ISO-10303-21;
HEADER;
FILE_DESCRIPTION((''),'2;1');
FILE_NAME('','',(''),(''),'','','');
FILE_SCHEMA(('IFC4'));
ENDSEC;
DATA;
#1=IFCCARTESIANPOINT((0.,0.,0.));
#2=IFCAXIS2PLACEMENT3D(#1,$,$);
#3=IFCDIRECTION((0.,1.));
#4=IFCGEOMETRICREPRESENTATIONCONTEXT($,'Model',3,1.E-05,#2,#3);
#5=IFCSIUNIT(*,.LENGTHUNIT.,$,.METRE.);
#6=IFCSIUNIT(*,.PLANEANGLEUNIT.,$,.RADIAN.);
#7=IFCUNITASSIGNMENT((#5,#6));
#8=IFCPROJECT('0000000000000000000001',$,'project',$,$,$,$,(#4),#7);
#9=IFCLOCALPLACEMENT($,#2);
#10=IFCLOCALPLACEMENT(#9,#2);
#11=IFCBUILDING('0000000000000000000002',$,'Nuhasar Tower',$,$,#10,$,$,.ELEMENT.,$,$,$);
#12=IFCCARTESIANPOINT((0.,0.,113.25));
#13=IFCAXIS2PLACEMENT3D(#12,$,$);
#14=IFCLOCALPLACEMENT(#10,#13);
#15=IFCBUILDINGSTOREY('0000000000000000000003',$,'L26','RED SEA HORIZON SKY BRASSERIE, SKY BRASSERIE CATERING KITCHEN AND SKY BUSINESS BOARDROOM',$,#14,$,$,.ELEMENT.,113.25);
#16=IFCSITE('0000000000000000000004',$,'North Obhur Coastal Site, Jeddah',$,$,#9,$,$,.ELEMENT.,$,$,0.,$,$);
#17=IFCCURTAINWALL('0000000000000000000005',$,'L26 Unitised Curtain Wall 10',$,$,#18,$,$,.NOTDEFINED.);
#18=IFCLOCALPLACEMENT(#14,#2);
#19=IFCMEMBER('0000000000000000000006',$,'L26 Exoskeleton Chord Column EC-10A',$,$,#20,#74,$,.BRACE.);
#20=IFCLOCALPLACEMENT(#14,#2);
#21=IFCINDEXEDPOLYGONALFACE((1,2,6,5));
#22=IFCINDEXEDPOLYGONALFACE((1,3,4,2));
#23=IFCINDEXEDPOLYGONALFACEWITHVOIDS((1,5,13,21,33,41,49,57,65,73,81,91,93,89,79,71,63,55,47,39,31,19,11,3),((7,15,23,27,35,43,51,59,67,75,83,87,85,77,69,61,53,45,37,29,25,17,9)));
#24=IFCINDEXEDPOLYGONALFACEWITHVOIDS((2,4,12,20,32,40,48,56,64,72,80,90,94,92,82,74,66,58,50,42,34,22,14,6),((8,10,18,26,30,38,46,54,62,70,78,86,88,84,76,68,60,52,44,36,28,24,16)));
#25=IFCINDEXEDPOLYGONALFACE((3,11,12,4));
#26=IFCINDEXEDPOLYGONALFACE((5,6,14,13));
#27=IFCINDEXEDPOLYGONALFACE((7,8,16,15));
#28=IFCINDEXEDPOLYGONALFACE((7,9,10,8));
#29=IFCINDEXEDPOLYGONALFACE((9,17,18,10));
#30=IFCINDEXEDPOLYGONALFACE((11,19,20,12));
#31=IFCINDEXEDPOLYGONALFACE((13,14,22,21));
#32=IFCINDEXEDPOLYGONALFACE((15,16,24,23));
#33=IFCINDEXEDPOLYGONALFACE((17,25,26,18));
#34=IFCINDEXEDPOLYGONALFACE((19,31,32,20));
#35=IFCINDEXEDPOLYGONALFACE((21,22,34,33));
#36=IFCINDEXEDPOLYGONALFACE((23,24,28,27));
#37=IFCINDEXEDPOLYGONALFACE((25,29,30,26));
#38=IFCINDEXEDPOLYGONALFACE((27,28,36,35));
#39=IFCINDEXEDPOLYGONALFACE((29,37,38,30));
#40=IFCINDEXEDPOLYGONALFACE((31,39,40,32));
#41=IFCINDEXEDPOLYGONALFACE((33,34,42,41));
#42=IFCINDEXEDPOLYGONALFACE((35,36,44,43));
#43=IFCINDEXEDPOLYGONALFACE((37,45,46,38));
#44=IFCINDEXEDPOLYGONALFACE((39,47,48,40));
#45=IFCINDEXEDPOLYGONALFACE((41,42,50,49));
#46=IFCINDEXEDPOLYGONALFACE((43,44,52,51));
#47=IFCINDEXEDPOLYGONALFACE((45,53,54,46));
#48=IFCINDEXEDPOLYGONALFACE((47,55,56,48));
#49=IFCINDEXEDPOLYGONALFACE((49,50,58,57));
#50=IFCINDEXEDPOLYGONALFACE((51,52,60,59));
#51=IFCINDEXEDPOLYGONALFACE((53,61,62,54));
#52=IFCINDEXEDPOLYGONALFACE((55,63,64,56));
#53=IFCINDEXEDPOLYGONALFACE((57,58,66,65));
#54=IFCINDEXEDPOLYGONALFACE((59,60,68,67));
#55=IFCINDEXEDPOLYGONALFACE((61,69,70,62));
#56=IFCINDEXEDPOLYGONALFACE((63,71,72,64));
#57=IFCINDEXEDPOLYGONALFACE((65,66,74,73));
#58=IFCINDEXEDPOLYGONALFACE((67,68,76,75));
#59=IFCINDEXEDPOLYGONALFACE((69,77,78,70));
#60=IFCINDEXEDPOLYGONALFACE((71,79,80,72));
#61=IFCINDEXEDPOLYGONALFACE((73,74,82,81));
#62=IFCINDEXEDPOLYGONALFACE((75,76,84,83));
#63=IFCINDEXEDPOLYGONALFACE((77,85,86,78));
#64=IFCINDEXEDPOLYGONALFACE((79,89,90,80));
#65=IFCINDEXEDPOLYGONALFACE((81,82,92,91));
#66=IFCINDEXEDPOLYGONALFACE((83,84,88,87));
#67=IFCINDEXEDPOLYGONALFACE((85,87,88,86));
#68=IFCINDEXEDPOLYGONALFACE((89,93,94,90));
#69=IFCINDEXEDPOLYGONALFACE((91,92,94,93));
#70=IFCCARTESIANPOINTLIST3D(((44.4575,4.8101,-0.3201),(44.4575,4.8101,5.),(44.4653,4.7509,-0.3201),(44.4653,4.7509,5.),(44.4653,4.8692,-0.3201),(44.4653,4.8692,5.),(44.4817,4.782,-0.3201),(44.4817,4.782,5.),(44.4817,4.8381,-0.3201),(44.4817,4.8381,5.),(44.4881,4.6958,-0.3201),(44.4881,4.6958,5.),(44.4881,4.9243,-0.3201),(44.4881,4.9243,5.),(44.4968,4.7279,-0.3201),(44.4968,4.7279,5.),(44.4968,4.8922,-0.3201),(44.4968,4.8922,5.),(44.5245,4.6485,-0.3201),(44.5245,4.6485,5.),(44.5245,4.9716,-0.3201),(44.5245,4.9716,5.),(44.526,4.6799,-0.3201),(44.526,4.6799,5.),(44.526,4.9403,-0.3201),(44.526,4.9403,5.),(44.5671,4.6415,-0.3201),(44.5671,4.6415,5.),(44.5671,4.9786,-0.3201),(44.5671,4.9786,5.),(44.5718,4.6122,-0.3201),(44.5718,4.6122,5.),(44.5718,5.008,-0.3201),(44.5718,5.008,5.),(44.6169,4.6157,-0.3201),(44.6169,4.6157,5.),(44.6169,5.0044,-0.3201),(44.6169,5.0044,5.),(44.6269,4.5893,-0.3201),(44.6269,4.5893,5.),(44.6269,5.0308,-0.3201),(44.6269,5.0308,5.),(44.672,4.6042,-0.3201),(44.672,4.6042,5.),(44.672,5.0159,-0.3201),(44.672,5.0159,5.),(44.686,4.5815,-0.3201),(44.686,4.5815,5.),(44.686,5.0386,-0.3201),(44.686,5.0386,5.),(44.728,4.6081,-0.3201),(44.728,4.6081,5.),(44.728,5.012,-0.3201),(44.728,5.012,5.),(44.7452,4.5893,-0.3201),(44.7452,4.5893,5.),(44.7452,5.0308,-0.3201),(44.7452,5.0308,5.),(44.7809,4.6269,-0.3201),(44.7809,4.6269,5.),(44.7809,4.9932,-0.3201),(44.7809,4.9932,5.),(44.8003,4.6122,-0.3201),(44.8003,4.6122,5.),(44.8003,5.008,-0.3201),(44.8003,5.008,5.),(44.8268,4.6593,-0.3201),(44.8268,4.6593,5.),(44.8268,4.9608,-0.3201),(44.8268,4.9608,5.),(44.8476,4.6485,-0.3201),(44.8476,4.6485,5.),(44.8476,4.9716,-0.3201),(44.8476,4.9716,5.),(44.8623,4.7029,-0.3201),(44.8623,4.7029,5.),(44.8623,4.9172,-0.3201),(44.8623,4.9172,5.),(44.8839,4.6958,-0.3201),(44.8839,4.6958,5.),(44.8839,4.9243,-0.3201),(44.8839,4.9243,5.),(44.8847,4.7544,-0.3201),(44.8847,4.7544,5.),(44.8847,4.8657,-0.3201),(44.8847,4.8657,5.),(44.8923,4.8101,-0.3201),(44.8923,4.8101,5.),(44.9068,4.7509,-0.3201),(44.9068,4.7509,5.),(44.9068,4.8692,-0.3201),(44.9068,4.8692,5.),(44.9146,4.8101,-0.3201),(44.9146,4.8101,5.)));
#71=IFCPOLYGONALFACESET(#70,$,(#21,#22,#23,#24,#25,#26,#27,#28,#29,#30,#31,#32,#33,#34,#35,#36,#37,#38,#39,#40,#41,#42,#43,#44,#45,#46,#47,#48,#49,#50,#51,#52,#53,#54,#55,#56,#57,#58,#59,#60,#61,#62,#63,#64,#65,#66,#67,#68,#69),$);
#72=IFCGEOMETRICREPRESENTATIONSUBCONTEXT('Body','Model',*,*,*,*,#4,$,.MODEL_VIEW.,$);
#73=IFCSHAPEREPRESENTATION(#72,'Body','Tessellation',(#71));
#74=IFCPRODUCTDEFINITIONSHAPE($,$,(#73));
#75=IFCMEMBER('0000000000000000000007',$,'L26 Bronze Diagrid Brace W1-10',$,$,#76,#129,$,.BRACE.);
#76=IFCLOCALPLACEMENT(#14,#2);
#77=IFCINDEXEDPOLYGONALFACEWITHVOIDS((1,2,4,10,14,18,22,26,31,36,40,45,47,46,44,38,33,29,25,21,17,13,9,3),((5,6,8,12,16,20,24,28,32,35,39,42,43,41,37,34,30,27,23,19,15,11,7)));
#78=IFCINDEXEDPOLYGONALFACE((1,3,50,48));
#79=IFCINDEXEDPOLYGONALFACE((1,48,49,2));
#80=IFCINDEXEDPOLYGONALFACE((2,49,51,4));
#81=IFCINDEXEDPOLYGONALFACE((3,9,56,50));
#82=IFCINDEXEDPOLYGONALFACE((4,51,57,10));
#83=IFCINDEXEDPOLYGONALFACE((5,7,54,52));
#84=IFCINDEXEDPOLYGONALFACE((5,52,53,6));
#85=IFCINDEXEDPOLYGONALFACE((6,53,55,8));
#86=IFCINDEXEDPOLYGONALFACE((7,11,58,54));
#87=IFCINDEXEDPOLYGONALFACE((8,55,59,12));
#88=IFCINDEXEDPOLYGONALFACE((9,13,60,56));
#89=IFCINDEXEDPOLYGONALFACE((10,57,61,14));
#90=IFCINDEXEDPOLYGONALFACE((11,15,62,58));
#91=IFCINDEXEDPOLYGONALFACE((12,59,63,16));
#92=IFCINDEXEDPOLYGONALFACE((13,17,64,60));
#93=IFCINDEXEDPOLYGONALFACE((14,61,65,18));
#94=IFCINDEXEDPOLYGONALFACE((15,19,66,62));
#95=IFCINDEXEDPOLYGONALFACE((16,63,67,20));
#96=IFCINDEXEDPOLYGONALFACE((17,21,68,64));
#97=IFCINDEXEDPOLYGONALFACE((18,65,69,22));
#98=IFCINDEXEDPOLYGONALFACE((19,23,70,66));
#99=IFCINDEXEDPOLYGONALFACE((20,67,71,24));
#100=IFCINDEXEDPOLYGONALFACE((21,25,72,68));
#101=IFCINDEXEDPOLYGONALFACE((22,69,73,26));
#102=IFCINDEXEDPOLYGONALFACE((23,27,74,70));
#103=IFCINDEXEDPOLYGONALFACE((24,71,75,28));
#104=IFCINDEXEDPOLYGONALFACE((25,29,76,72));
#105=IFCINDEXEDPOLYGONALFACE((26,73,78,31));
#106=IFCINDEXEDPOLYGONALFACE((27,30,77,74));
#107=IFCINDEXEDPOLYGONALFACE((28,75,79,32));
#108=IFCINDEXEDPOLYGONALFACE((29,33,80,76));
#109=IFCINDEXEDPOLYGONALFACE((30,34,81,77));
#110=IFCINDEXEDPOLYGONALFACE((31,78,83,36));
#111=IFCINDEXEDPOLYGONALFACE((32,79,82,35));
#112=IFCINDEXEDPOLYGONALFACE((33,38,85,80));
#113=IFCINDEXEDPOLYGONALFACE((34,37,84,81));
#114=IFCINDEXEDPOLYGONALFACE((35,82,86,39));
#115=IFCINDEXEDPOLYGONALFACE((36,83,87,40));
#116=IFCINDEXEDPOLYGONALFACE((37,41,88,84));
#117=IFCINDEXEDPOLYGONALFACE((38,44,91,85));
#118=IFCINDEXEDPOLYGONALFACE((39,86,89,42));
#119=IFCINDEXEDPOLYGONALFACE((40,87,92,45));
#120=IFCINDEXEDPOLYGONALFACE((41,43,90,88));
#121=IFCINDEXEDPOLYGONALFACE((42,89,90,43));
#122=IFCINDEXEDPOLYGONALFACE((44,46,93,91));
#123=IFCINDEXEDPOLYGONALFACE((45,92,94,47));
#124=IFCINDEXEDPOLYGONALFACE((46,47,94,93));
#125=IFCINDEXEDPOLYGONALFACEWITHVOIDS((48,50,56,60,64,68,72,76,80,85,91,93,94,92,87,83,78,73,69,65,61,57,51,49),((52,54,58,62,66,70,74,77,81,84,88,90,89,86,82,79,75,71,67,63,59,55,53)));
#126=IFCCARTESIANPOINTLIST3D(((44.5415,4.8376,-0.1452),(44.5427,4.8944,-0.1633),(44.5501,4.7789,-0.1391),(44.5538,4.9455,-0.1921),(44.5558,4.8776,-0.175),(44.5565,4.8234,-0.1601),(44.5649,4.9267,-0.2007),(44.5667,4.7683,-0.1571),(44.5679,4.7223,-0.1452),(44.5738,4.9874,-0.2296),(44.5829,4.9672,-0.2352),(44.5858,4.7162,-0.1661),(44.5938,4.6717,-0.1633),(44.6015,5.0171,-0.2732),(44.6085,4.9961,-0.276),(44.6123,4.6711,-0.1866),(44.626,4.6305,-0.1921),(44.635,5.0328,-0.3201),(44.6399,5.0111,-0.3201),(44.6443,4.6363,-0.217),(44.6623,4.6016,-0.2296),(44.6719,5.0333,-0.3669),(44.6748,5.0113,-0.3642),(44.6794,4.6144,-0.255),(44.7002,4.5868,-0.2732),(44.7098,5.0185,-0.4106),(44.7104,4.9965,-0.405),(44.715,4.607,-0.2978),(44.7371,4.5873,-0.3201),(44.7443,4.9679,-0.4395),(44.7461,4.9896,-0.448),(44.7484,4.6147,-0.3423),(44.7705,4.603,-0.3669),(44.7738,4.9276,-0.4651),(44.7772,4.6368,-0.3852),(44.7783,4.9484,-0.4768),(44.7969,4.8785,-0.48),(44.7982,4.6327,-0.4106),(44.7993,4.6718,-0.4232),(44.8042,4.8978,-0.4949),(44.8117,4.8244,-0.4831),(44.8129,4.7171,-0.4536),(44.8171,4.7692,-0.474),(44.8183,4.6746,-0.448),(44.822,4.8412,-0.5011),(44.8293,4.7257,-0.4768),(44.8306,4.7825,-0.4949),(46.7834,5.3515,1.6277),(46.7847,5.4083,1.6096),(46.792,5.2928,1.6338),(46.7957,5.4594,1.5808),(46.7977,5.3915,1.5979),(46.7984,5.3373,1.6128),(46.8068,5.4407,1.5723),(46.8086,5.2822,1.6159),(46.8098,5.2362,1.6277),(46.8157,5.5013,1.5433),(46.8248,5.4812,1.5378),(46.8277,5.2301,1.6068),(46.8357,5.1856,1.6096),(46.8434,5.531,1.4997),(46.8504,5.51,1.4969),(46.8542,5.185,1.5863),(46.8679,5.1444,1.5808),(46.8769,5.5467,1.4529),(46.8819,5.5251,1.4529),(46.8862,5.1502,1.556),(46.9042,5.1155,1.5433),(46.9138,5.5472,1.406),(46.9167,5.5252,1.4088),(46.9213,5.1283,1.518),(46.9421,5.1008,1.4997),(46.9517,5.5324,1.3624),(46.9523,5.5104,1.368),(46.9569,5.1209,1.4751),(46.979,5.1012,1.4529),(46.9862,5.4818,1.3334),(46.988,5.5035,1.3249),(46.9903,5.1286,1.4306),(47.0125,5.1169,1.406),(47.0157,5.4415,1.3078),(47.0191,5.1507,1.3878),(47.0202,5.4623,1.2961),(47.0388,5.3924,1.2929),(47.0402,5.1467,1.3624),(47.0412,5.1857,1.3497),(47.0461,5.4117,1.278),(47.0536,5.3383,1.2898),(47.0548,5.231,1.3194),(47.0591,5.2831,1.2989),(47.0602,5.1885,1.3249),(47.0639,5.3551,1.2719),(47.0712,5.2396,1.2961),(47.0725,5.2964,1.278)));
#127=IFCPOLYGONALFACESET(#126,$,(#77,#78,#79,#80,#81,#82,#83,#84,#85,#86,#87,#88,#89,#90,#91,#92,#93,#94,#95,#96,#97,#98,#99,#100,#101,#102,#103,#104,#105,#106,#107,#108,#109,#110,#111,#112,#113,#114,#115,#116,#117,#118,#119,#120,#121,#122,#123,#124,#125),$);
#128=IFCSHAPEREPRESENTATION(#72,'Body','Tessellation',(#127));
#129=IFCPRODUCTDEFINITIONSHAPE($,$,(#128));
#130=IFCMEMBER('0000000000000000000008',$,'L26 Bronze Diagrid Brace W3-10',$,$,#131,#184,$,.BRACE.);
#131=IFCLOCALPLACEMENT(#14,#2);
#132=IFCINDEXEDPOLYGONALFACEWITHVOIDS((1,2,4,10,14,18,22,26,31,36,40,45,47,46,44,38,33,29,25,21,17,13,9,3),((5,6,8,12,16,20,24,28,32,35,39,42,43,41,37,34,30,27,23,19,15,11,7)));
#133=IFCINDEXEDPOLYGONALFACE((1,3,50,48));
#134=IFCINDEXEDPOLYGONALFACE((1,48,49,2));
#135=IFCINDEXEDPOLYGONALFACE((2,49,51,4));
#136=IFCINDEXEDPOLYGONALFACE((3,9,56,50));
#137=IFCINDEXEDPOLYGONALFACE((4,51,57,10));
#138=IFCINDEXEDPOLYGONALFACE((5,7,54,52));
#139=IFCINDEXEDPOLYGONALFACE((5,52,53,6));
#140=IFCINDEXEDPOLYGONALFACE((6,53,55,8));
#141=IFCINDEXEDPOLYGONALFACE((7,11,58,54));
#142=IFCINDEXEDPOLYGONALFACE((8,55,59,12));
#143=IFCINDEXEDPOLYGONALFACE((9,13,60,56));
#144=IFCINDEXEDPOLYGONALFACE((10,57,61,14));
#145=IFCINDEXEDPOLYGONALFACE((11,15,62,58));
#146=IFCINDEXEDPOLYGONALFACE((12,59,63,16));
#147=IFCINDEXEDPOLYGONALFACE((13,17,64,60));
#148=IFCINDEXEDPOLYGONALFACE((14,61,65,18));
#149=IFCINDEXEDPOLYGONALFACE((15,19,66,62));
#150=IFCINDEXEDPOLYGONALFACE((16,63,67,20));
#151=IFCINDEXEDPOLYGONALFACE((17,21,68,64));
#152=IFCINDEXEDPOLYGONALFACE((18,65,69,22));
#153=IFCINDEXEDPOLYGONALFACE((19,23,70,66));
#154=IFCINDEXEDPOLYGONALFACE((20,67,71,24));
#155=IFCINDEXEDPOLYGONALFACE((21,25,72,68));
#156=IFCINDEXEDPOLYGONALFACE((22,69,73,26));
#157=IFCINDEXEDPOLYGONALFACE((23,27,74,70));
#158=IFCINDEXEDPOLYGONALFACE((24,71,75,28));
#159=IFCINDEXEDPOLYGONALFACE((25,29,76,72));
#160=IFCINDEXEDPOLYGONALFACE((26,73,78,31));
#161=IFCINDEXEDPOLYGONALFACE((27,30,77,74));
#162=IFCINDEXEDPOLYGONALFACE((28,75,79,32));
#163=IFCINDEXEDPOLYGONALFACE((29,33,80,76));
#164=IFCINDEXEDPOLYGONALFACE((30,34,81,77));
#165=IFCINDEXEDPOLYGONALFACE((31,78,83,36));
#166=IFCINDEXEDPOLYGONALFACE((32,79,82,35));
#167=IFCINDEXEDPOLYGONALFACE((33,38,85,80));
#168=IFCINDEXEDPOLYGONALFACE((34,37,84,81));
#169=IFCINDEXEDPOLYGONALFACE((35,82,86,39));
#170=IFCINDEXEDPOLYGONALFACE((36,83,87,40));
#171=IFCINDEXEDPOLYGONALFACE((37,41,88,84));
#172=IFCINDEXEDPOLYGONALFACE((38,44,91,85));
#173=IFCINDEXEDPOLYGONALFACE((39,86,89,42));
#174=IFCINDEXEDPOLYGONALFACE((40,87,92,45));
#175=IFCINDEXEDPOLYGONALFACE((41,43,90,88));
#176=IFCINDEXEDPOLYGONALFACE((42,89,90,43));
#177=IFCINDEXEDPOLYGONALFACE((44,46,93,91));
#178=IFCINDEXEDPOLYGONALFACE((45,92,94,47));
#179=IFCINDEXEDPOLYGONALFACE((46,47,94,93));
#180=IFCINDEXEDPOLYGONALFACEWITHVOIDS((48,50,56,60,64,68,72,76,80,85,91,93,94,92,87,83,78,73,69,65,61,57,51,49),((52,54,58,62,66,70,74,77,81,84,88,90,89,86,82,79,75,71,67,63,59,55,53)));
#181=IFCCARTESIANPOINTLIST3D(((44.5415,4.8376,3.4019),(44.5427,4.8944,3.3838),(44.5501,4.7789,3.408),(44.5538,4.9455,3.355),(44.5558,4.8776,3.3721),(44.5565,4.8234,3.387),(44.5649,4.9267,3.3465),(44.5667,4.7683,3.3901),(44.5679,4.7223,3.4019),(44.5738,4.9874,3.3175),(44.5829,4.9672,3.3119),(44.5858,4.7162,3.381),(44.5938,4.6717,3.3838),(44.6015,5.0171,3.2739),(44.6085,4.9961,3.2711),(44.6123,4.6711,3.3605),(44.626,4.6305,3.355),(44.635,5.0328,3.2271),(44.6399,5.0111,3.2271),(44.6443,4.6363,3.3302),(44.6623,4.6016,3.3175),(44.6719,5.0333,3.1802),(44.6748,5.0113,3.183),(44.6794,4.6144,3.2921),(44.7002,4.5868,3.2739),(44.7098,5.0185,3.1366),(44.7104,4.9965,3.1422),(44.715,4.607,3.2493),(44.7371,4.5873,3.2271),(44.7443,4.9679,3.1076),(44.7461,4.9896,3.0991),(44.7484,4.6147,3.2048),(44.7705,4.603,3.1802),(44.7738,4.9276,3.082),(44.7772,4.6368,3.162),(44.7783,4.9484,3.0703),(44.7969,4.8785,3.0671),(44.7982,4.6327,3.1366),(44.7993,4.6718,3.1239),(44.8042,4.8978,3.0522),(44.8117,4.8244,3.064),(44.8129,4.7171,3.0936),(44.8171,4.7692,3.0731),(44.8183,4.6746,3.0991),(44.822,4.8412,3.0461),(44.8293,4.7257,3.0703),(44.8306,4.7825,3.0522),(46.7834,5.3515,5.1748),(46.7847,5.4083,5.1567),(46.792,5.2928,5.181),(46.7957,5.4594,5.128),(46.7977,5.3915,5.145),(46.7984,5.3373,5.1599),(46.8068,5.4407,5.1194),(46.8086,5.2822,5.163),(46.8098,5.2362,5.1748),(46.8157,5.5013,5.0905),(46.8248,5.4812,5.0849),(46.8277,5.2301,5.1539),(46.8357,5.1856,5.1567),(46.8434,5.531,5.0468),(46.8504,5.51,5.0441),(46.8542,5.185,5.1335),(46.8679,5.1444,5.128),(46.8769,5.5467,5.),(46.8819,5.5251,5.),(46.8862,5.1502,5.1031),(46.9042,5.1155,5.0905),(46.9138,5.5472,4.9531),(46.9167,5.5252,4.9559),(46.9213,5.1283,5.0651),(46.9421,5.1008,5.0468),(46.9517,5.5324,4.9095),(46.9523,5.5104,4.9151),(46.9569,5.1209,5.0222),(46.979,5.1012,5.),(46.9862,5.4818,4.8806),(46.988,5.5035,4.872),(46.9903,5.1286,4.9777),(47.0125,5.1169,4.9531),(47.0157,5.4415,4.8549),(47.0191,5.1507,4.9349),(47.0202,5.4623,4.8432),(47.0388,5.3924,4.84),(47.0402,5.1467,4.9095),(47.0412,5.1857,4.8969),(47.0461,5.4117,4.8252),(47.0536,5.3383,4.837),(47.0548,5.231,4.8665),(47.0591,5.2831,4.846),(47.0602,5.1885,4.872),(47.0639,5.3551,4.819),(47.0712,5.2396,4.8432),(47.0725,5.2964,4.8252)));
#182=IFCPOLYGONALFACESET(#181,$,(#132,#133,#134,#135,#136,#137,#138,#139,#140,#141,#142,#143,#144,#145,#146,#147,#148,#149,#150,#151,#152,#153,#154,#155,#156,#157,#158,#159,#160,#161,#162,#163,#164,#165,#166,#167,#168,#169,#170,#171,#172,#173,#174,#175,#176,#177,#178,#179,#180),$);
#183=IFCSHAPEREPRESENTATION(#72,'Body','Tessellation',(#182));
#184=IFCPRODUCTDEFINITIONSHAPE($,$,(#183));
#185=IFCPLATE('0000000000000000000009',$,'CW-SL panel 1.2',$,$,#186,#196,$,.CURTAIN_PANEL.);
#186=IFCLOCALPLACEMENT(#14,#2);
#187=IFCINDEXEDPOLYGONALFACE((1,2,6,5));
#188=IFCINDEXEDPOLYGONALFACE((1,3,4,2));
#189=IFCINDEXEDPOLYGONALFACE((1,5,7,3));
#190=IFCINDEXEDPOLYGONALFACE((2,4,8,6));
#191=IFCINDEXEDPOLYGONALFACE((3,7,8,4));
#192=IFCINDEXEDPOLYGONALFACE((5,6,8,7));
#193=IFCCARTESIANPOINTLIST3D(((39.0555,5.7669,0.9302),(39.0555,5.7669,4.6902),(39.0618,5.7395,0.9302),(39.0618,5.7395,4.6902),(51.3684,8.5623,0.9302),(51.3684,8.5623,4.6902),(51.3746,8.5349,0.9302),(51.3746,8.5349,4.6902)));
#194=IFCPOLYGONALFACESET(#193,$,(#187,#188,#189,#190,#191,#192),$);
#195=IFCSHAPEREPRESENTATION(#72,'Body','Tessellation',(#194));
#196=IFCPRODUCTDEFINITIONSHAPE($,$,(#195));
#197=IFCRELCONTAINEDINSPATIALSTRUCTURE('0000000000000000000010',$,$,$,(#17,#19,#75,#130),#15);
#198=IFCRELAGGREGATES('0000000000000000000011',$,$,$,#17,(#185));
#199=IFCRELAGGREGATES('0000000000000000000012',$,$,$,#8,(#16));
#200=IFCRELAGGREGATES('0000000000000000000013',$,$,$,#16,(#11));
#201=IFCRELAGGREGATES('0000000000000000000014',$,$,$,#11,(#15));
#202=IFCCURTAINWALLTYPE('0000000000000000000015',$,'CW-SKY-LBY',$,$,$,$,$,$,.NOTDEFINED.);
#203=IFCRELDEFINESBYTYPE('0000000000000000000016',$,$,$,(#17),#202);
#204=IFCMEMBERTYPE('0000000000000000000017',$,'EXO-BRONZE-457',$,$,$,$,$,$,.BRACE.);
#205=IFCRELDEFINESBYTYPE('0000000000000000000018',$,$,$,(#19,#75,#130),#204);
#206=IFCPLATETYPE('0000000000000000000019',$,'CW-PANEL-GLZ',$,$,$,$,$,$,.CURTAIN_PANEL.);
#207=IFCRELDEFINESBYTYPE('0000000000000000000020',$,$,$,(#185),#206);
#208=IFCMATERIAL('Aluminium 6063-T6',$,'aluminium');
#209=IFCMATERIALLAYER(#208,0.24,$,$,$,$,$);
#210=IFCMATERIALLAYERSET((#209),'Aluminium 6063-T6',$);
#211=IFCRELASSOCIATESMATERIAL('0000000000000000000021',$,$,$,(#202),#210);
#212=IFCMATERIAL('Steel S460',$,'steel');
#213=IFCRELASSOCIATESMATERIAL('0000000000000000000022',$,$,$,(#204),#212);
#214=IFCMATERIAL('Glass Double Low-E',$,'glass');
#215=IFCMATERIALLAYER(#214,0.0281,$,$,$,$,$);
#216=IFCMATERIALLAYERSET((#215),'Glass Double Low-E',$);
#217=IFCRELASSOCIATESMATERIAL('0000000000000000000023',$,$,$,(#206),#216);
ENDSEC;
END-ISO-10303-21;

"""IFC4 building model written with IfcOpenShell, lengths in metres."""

from ifc_helpers import new_model, si_unit, direction, frame, origin, origin_2d, place, context, subcontext, project, spatial, rectangle, hollow_circle, extrude, material, layer, layer_set, material_profile, profile_set, type_object, element, aggregate, save


model = new_model("IFC4")

# Units and contexts
model_context = context("Model", 3, precision=1e-05, world=origin(), true_north=direction((0.0, 1.0)))
body_context = subcontext(model_context, "Body", "Model", "MODEL_VIEW")
ifc_project = project(units=[si_unit("LENGTHUNIT", "METRE"), si_unit("PLANEANGLEUNIT", "RADIAN")], contexts=[model_context])

# Site, building, storey
site_placement = place(None, origin())
site = spatial("IfcSite", under=ifc_project, at=site_placement, Name="North Obhur Coastal Site, Jeddah", CompositionType="ELEMENT", RefElevation=0.0)
building_placement = place(site_placement, origin())
building = spatial("IfcBuilding", under=site, at=building_placement, Name="Nuhasar Tower", CompositionType="ELEMENT")
storey_placement = place(building_placement, frame((0.0, 0.0, 113.25)))
storey = spatial("IfcBuildingStorey", under=building, at=storey_placement, Name="L26", Description="RED SEA HORIZON SKY BRASSERIE, SKY BRASSERIE CATERING KITCHEN AND SKY BUSINESS BOARDROOM", CompositionType="ELEMENT", Elevation=113.25)

# Shared definitions
ifc_material_1 = material(Name="Steel S460", Category="steel")

# Shared definitions
ifc_material_2 = material(Name="Aluminium 6063-T6", Category="aluminium")
ifc_layer_1 = layer(ifc_material_2, 0.24)
ifc_layer_set_1 = layer_set([ifc_layer_1], Name="Aluminium 6063-T6")
curtain_wall_type = type_object("IfcCurtainWallType", Name="CW-SKY-LBY", PredefinedType="NOTDEFINED", material=ifc_layer_set_1)

# Curtain wall
curtain_wall_1_placement = place(storey_placement, origin())
curtain_wall_1 = element("IfcCurtainWall", 1, at=curtain_wall_1_placement, inside=storey, type_object=curtain_wall_type, Name="L26 Unitised Curtain Wall 10", PredefinedType="NOTDEFINED")

# Members
ifc_material_profile_1 = material_profile(ifc_material_1, hollow_circle(Radius=0.2285, WallThickness=0.0222, at=origin_2d()), Name="HSS457X22.2")
ifc_profile_set_1 = profile_set([ifc_material_profile_1], Name="Steel S460")
member_type_1 = type_object("IfcMemberType", Name="EXO-BRONZE-457", PredefinedType="BRACE", material=ifc_profile_set_1)
member_1_placement = place(storey_placement, frame((44.686, 4.8101, -0.3201), z_axis=(0.0, 0.0, 1.0), x_axis=(1.0, 0.0, 0.0)))
element("IfcMember", 2, at=member_1_placement, inside=storey, type_object=member_type_1, Name="L26 Exoskeleton Chord Column EC-10A", PredefinedType="BRACE", context=body_context, shape_type="SweptSolid", body=[
    extrude(hollow_circle(Radius=0.2285, WallThickness=0.0222, at=origin_2d()), origin(), (0.0, 0.0, 1.0), 5.3201),
])
for number, where, z_axis, x_axis, name in (
    (3, (44.686, 4.8101, -0.3201), (0.771994, 0.176963, 0.6105), (-0.223433, 0.974719, 0.0), "L26 Bronze Diagrid Brace W1-10"),
    (4, (44.686, 4.8101, 3.2271), (0.771994, 0.176963, 0.6105), (-0.223433, 0.974719, 0.0), "L26 Bronze Diagrid Brace W3-10"),
):
    element("IfcMember", number, at=place(storey_placement, frame(where, z_axis=z_axis, x_axis=x_axis)), inside=storey, type_object=member_type_1, Name=name, PredefinedType="BRACE", context=body_context, shape_type="SweptSolid", body=[
        extrude(hollow_circle(Radius=0.2285, WallThickness=0.0222, at=origin_2d()), origin(), (0.0, 0.0, 1.0), 2.9041),
    ])

# Plate
ifc_material_3 = material(Name="Glass Double Low-E", Category="glass")
ifc_layer_2 = layer(ifc_material_3, 0.0281)
ifc_layer_set_2 = layer_set([ifc_layer_2], Name="Glass Double Low-E")
plate_type_1 = type_object("IfcPlateType", Name="CW-PANEL-GLZ", PredefinedType="CURTAIN_PANEL", material=ifc_layer_set_2)
plate_1_placement = place(storey_placement, frame((45.2151, 7.1509, 0.9302), z_axis=(0.0, 0.0, 1.0), x_axis=(0.975184, 0.221397, 0.0)))
plate_1 = element("IfcPlate", 5, at=plate_1_placement, type_object=plate_type_1, Name="CW-SL panel 1.2", PredefinedType="CURTAIN_PANEL", context=body_context, shape_type="SweptSolid", body=[
    extrude(rectangle(XDim=12.6262, YDim=0.0281, at=origin_2d()), origin(), (0.0, 0.0, 1.0), 3.76),
])
aggregate(curtain_wall_1, [plate_1])

save(model, "model.ifc")
